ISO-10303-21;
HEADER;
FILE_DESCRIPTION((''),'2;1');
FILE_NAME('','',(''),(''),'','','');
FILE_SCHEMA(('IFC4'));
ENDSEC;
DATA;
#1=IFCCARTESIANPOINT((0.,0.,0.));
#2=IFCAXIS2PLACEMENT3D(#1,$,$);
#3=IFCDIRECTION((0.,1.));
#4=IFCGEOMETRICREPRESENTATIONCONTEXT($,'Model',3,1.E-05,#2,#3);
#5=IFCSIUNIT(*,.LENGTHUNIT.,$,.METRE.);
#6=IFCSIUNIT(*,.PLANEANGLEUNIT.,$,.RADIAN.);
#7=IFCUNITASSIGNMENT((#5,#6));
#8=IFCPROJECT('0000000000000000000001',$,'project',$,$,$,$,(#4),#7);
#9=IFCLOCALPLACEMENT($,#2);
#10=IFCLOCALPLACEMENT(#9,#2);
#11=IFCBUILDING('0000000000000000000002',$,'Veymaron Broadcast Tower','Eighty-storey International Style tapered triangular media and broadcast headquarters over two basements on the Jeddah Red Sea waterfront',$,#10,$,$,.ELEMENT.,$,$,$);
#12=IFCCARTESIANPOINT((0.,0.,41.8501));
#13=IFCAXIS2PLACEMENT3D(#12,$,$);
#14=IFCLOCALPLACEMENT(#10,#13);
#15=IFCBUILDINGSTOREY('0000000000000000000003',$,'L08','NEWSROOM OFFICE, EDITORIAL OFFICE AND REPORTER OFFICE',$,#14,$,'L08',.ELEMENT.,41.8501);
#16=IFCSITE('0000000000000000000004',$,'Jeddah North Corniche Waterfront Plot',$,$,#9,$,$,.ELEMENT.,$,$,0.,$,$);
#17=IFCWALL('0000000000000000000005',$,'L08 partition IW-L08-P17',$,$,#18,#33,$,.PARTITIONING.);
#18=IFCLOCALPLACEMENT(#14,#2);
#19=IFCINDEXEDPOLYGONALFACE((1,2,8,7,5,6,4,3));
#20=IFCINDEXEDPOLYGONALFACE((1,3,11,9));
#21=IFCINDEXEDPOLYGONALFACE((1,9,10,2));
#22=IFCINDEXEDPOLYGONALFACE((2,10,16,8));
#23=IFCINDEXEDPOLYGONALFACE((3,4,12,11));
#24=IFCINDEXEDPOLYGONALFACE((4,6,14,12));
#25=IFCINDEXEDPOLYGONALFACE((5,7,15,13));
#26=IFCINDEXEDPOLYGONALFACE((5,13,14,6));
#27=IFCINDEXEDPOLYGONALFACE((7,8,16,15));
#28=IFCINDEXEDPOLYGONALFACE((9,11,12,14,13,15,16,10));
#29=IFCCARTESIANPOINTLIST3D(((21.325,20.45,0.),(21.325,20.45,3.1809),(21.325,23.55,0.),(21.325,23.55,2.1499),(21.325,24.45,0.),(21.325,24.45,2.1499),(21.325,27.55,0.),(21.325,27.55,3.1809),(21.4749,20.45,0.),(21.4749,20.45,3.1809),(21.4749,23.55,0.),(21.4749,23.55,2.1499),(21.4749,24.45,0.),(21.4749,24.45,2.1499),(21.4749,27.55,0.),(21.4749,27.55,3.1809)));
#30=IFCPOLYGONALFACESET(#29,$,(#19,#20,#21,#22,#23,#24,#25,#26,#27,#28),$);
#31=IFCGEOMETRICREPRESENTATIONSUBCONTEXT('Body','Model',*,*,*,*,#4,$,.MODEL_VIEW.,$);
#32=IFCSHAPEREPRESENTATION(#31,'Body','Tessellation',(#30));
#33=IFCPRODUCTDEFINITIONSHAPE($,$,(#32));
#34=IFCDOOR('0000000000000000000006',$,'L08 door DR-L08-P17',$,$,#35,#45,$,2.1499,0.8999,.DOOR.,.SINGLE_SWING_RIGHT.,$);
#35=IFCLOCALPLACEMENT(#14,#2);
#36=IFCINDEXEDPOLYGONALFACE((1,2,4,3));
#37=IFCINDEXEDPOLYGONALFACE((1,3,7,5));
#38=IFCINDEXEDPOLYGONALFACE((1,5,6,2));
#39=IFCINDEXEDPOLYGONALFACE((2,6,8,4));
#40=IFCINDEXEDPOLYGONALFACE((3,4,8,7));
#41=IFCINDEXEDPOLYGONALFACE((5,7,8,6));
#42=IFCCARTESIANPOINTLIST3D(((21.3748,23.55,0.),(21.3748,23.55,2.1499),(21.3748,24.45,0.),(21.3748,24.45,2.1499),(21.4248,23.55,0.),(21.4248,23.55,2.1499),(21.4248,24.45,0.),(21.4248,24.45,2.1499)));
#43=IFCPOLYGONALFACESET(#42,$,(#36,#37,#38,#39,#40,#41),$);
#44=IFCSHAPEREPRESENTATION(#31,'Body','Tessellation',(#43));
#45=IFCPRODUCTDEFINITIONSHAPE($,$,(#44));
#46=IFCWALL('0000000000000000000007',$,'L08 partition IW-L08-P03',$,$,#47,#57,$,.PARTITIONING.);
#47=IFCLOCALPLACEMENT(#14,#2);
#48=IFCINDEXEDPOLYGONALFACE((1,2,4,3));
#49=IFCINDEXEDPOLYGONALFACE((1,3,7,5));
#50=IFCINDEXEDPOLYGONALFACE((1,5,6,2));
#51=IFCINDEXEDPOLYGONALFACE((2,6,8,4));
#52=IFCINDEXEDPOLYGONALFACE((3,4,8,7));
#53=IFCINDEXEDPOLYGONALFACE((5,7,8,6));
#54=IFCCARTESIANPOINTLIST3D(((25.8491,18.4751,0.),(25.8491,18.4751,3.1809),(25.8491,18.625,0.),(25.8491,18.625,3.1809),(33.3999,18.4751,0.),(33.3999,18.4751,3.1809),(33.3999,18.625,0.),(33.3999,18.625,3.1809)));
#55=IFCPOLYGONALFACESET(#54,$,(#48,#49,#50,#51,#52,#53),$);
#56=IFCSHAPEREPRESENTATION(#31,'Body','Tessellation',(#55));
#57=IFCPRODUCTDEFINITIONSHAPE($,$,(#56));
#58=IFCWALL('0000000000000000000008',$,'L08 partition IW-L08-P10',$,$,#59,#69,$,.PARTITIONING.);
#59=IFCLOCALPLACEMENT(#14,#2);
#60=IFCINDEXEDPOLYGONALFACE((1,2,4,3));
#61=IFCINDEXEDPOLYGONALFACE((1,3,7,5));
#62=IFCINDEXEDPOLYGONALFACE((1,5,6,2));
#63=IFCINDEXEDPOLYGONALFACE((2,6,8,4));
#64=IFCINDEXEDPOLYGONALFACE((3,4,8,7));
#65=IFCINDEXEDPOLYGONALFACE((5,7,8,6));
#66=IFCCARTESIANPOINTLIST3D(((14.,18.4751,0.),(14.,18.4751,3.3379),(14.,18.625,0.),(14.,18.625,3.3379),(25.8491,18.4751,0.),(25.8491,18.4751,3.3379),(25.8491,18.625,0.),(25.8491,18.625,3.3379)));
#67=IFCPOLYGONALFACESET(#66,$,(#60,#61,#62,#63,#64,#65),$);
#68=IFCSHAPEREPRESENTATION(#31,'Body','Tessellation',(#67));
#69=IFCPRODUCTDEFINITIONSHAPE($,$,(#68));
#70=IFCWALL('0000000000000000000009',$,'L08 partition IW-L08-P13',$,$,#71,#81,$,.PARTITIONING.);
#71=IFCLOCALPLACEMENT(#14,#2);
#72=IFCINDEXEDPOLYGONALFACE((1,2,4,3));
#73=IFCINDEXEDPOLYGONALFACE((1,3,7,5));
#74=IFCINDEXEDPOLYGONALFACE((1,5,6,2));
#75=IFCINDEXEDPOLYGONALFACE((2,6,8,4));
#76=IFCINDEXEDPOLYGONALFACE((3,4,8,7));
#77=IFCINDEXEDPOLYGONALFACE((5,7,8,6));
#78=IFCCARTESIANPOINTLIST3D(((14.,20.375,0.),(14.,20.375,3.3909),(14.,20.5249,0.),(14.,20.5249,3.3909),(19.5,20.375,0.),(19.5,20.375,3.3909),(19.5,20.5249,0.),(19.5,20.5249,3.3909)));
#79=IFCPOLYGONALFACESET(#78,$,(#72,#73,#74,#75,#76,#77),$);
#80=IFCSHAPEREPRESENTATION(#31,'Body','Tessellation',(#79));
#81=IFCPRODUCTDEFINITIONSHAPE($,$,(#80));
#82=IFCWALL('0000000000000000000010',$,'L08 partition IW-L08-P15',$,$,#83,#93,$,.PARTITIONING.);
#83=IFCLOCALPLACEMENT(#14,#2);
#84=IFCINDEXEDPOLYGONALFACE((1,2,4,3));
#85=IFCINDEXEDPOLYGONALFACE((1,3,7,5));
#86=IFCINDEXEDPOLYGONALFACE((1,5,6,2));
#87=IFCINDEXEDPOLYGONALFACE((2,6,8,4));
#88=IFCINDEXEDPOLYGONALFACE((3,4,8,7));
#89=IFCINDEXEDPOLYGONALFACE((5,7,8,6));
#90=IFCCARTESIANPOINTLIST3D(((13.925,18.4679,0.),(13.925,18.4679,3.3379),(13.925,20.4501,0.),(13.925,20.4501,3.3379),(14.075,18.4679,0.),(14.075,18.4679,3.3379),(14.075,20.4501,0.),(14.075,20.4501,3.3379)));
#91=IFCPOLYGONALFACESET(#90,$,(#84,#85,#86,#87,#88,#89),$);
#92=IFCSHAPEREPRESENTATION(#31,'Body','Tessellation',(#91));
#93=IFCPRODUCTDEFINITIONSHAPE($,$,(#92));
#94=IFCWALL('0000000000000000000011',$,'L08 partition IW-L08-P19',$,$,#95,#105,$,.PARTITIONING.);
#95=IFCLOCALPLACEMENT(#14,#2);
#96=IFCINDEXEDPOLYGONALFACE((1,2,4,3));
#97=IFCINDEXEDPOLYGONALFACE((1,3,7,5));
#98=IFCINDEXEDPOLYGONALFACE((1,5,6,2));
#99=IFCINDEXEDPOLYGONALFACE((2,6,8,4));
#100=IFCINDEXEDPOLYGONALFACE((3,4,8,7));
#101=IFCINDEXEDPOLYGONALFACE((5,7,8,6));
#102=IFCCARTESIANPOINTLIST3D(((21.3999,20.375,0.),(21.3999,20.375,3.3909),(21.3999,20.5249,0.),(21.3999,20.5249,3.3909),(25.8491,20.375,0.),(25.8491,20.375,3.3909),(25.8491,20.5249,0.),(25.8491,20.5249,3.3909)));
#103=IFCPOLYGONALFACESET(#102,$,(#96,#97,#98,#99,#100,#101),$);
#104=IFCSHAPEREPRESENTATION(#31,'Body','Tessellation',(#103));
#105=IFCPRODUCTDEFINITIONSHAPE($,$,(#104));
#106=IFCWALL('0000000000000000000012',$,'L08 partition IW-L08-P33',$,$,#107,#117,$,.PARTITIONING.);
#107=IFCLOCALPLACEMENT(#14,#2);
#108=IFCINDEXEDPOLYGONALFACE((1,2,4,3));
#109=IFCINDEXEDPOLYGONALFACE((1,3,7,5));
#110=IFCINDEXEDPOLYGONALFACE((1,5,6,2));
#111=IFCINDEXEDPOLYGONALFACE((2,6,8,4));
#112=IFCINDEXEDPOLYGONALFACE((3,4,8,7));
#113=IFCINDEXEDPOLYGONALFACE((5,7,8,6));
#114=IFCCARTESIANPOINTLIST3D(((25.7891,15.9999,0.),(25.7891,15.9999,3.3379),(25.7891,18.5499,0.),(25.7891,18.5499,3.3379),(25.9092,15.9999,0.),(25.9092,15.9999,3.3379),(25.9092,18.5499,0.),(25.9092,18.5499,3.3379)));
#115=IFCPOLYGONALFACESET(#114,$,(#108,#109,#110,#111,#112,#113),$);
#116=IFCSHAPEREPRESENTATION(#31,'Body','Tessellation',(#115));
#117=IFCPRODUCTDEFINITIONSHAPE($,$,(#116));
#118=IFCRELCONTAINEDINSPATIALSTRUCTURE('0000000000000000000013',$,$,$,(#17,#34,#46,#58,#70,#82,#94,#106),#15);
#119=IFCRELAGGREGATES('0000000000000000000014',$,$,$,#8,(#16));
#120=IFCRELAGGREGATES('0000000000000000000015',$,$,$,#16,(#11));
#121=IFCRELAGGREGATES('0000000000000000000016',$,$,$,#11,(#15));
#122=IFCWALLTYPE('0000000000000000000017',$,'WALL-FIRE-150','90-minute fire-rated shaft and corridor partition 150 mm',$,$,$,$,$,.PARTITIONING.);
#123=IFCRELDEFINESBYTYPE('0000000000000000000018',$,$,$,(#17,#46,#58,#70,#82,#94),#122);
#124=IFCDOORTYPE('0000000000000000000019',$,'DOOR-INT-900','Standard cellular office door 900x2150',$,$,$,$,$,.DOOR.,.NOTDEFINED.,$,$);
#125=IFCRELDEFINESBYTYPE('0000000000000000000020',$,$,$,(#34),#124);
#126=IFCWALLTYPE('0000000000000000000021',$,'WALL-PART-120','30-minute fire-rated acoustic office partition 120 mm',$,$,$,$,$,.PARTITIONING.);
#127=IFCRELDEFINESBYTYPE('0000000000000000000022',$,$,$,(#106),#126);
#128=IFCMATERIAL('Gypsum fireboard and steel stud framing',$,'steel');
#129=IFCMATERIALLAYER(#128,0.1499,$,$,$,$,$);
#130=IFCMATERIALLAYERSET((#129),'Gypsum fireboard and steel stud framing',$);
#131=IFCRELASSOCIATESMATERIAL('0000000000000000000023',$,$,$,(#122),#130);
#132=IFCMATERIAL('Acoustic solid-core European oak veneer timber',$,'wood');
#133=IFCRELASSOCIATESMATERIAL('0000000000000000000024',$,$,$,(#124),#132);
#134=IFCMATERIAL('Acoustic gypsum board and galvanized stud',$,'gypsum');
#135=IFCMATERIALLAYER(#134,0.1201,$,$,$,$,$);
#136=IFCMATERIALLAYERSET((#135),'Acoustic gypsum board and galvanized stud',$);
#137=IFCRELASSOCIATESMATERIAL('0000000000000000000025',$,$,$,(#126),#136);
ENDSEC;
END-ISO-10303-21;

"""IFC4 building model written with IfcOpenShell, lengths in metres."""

from ifc_helpers import new_model, si_unit, direction, frame, frame_2d, origin, place, context, subcontext, project, spatial, rectangle, extrude, material, layer, layer_set, type_object, element, fill, save


model = new_model("IFC4")

# Units and contexts
model_context = context("Model", 3, precision=1e-05, world=origin(), true_north=direction((0.0, 1.0)))
body_context = subcontext(model_context, "Body", "Model", "MODEL_VIEW")
ifc_project = project(units=[si_unit("LENGTHUNIT", "METRE"), si_unit("PLANEANGLEUNIT", "RADIAN")], contexts=[model_context])

# Site, building, storey
site_placement = place(None, origin())
site = spatial("IfcSite", under=ifc_project, at=site_placement, Name="Jeddah North Corniche Waterfront Plot", CompositionType="ELEMENT", RefElevation=0.0)
building_placement = place(site_placement, origin())
building = spatial("IfcBuilding", under=site, at=building_placement, Name="Veymaron Broadcast Tower", Description="Eighty-storey International Style tapered triangular media and broadcast headquarters over two basements on the Jeddah Red Sea waterfront", CompositionType="ELEMENT")
storey_placement = place(building_placement, frame((0.0, 0.0, 41.8501)))
storey = spatial("IfcBuildingStorey", under=building, at=storey_placement, Name="L08", Description="NEWSROOM OFFICE, EDITORIAL OFFICE AND REPORTER OFFICE", LongName="L08", CompositionType="ELEMENT", Elevation=41.8501)

# Wall, opening, door
ifc_material_1 = material(Name="Gypsum fireboard and steel stud framing", Category="steel")
ifc_layer_1 = layer(ifc_material_1, 0.1499)
ifc_layer_set_1 = layer_set([ifc_layer_1], Name="Gypsum fireboard and steel stud framing")
wall_type_1 = type_object("IfcWallType", Name="WALL-FIRE-150", Description="90-minute fire-rated shaft and corridor partition 150 mm", PredefinedType="PARTITIONING", material=ifc_layer_set_1)
ifc_material_2 = material(Name="Acoustic solid-core European oak veneer timber", Category="wood")
door_type = type_object("IfcDoorType", Name="DOOR-INT-900", Description="Standard cellular office door 900x2150", OperationType="NOTDEFINED", PredefinedType="DOOR", material=ifc_material_2)
wall_1_placement = place(storey_placement, frame((21.3999, 20.45, 0.0), z_axis=(0.0, 0.0, 1.0), x_axis=(0.0, 1.0, 0.0)))
wall_1 = element("IfcWall", 1, at=wall_1_placement, inside=storey, type_object=wall_type_1, Name="L08 partition IW-L08-P17", PredefinedType="PARTITIONING", context=body_context, shape_type="SweptSolid", body=[
    extrude(rectangle(XDim=7.1001, YDim=0.1499, at=frame_2d((3.55, 0.0))), origin(), (0.0, 0.0, 1.0), 3.1809),
])
opening_1_placement = place(wall_1_placement, frame((3.1001, 0.0, 0.0)))
opening_1 = element("IfcOpeningElement", 2, at=opening_1_placement, cuts=wall_1, PredefinedType="OPENING", context=body_context, shape_type="SweptSolid", body=[
    extrude(rectangle(XDim=0.8999, YDim=2.1499, at=frame_2d((0.45, 1.075))), frame((0.0, 0.085, 0.0), z_axis=(0.0, -1.0, 0.0), x_axis=(1.0, 0.0, 0.0)), (0.0, 0.0, 1.0), 0.1699),
])
door_1_placement = place(opening_1_placement, frame((0.8999, 0.0, 0.0), z_axis=(0.0, 0.0, 1.0), x_axis=(-1.0, 0.0, 0.0)))
door_1 = element("IfcDoor", 3, at=door_1_placement, inside=storey, type_object=door_type, Name="L08 door DR-L08-P17", OperationType="SINGLE_SWING_RIGHT", OverallHeight=2.1499, OverallWidth=0.8999, PredefinedType="DOOR", context=body_context, shape_type="SweptSolid", body=[
    extrude(rectangle(XDim=0.8999, YDim=2.1499, at=frame_2d((0.45, 1.075))), frame((0.0, 0.0249, 0.0), z_axis=(0.0, -1.0, 0.0), x_axis=(1.0, 0.0, 0.0)), (0.0, 0.0, 1.0), 0.05),
])
fill(opening_1, door_1)

# Walls
wall_2_placement = place(storey_placement, frame((25.8491, 18.55, 0.0), z_axis=(0.0, 0.0, 1.0), x_axis=(1.0, 0.0, 0.0)))
element("IfcWall", 4, at=wall_2_placement, inside=storey, type_object=wall_type_1, Name="L08 partition IW-L08-P03", PredefinedType="PARTITIONING", context=body_context, shape_type="SweptSolid", body=[
    extrude(rectangle(XDim=7.5508, YDim=0.1499, at=frame_2d((3.7754, 0.0))), origin(), (0.0, 0.0, 1.0), 3.1809),
])
wall_3_placement = place(storey_placement, frame((14.0, 18.55, 0.0), z_axis=(0.0, 0.0, 1.0), x_axis=(1.0, 0.0, 0.0)))
element("IfcWall", 5, at=wall_3_placement, inside=storey, type_object=wall_type_1, Name="L08 partition IW-L08-P10", PredefinedType="PARTITIONING", context=body_context, shape_type="SweptSolid", body=[
    extrude(rectangle(XDim=11.8491, YDim=0.1499, at=frame_2d((5.9246, 0.0))), origin(), (0.0, 0.0, 1.0), 3.3379),
])
wall_4_placement = place(storey_placement, frame((14.0, 20.45, 0.0), z_axis=(0.0, 0.0, 1.0), x_axis=(1.0, 0.0, 0.0)))
element("IfcWall", 6, at=wall_4_placement, inside=storey, type_object=wall_type_1, Name="L08 partition IW-L08-P13", PredefinedType="PARTITIONING", context=body_context, shape_type="SweptSolid", body=[
    extrude(rectangle(XDim=5.5, YDim=0.1499, at=frame_2d((2.75, 0.0))), origin(), (0.0, 0.0, 1.0), 3.3909),
])
wall_5_placement = place(storey_placement, frame((14.0, 18.4678, 0.0), z_axis=(0.0, 0.0, 1.0), x_axis=(0.0, 1.0, 0.0)))
element("IfcWall", 7, at=wall_5_placement, inside=storey, type_object=wall_type_1, Name="L08 partition IW-L08-P15", PredefinedType="PARTITIONING", context=body_context, shape_type="SweptSolid", body=[
    extrude(rectangle(XDim=1.9822, YDim=0.1499, at=frame_2d((0.9912, 0.0))), origin(), (0.0, 0.0, 1.0), 3.3379),
])
wall_6_placement = place(storey_placement, frame((21.3999, 20.45, 0.0), z_axis=(0.0, 0.0, 1.0), x_axis=(1.0, 0.0, 0.0)))
element("IfcWall", 8, at=wall_6_placement, inside=storey, type_object=wall_type_1, Name="L08 partition IW-L08-P19", PredefinedType="PARTITIONING", context=body_context, shape_type="SweptSolid", body=[
    extrude(rectangle(XDim=4.4492, YDim=0.1499, at=frame_2d((2.2246, 0.0))), origin(), (0.0, 0.0, 1.0), 3.3909),
])
ifc_material_3 = material(Name="Acoustic gypsum board and galvanized stud", Category="gypsum")
ifc_layer_2 = layer(ifc_material_3, 0.1201)
ifc_layer_set_2 = layer_set([ifc_layer_2], Name="Acoustic gypsum board and galvanized stud")
wall_type_2 = type_object("IfcWallType", Name="WALL-PART-120", Description="30-minute fire-rated acoustic office partition 120 mm", PredefinedType="PARTITIONING", material=ifc_layer_set_2)
wall_7_placement = place(storey_placement, frame((25.8491, 16.0, 0.0), z_axis=(0.0, 0.0, 1.0), x_axis=(0.0, 1.0, 0.0)))
element("IfcWall", 9, at=wall_7_placement, inside=storey, type_object=wall_type_2, Name="L08 partition IW-L08-P33", PredefinedType="PARTITIONING", context=body_context, shape_type="SweptSolid", body=[
    extrude(rectangle(XDim=2.55, YDim=0.1201, at=frame_2d((1.2749, 0.0))), origin(), (0.0, 0.0, 1.0), 3.3379),
])

save(model, "model.ifc")
